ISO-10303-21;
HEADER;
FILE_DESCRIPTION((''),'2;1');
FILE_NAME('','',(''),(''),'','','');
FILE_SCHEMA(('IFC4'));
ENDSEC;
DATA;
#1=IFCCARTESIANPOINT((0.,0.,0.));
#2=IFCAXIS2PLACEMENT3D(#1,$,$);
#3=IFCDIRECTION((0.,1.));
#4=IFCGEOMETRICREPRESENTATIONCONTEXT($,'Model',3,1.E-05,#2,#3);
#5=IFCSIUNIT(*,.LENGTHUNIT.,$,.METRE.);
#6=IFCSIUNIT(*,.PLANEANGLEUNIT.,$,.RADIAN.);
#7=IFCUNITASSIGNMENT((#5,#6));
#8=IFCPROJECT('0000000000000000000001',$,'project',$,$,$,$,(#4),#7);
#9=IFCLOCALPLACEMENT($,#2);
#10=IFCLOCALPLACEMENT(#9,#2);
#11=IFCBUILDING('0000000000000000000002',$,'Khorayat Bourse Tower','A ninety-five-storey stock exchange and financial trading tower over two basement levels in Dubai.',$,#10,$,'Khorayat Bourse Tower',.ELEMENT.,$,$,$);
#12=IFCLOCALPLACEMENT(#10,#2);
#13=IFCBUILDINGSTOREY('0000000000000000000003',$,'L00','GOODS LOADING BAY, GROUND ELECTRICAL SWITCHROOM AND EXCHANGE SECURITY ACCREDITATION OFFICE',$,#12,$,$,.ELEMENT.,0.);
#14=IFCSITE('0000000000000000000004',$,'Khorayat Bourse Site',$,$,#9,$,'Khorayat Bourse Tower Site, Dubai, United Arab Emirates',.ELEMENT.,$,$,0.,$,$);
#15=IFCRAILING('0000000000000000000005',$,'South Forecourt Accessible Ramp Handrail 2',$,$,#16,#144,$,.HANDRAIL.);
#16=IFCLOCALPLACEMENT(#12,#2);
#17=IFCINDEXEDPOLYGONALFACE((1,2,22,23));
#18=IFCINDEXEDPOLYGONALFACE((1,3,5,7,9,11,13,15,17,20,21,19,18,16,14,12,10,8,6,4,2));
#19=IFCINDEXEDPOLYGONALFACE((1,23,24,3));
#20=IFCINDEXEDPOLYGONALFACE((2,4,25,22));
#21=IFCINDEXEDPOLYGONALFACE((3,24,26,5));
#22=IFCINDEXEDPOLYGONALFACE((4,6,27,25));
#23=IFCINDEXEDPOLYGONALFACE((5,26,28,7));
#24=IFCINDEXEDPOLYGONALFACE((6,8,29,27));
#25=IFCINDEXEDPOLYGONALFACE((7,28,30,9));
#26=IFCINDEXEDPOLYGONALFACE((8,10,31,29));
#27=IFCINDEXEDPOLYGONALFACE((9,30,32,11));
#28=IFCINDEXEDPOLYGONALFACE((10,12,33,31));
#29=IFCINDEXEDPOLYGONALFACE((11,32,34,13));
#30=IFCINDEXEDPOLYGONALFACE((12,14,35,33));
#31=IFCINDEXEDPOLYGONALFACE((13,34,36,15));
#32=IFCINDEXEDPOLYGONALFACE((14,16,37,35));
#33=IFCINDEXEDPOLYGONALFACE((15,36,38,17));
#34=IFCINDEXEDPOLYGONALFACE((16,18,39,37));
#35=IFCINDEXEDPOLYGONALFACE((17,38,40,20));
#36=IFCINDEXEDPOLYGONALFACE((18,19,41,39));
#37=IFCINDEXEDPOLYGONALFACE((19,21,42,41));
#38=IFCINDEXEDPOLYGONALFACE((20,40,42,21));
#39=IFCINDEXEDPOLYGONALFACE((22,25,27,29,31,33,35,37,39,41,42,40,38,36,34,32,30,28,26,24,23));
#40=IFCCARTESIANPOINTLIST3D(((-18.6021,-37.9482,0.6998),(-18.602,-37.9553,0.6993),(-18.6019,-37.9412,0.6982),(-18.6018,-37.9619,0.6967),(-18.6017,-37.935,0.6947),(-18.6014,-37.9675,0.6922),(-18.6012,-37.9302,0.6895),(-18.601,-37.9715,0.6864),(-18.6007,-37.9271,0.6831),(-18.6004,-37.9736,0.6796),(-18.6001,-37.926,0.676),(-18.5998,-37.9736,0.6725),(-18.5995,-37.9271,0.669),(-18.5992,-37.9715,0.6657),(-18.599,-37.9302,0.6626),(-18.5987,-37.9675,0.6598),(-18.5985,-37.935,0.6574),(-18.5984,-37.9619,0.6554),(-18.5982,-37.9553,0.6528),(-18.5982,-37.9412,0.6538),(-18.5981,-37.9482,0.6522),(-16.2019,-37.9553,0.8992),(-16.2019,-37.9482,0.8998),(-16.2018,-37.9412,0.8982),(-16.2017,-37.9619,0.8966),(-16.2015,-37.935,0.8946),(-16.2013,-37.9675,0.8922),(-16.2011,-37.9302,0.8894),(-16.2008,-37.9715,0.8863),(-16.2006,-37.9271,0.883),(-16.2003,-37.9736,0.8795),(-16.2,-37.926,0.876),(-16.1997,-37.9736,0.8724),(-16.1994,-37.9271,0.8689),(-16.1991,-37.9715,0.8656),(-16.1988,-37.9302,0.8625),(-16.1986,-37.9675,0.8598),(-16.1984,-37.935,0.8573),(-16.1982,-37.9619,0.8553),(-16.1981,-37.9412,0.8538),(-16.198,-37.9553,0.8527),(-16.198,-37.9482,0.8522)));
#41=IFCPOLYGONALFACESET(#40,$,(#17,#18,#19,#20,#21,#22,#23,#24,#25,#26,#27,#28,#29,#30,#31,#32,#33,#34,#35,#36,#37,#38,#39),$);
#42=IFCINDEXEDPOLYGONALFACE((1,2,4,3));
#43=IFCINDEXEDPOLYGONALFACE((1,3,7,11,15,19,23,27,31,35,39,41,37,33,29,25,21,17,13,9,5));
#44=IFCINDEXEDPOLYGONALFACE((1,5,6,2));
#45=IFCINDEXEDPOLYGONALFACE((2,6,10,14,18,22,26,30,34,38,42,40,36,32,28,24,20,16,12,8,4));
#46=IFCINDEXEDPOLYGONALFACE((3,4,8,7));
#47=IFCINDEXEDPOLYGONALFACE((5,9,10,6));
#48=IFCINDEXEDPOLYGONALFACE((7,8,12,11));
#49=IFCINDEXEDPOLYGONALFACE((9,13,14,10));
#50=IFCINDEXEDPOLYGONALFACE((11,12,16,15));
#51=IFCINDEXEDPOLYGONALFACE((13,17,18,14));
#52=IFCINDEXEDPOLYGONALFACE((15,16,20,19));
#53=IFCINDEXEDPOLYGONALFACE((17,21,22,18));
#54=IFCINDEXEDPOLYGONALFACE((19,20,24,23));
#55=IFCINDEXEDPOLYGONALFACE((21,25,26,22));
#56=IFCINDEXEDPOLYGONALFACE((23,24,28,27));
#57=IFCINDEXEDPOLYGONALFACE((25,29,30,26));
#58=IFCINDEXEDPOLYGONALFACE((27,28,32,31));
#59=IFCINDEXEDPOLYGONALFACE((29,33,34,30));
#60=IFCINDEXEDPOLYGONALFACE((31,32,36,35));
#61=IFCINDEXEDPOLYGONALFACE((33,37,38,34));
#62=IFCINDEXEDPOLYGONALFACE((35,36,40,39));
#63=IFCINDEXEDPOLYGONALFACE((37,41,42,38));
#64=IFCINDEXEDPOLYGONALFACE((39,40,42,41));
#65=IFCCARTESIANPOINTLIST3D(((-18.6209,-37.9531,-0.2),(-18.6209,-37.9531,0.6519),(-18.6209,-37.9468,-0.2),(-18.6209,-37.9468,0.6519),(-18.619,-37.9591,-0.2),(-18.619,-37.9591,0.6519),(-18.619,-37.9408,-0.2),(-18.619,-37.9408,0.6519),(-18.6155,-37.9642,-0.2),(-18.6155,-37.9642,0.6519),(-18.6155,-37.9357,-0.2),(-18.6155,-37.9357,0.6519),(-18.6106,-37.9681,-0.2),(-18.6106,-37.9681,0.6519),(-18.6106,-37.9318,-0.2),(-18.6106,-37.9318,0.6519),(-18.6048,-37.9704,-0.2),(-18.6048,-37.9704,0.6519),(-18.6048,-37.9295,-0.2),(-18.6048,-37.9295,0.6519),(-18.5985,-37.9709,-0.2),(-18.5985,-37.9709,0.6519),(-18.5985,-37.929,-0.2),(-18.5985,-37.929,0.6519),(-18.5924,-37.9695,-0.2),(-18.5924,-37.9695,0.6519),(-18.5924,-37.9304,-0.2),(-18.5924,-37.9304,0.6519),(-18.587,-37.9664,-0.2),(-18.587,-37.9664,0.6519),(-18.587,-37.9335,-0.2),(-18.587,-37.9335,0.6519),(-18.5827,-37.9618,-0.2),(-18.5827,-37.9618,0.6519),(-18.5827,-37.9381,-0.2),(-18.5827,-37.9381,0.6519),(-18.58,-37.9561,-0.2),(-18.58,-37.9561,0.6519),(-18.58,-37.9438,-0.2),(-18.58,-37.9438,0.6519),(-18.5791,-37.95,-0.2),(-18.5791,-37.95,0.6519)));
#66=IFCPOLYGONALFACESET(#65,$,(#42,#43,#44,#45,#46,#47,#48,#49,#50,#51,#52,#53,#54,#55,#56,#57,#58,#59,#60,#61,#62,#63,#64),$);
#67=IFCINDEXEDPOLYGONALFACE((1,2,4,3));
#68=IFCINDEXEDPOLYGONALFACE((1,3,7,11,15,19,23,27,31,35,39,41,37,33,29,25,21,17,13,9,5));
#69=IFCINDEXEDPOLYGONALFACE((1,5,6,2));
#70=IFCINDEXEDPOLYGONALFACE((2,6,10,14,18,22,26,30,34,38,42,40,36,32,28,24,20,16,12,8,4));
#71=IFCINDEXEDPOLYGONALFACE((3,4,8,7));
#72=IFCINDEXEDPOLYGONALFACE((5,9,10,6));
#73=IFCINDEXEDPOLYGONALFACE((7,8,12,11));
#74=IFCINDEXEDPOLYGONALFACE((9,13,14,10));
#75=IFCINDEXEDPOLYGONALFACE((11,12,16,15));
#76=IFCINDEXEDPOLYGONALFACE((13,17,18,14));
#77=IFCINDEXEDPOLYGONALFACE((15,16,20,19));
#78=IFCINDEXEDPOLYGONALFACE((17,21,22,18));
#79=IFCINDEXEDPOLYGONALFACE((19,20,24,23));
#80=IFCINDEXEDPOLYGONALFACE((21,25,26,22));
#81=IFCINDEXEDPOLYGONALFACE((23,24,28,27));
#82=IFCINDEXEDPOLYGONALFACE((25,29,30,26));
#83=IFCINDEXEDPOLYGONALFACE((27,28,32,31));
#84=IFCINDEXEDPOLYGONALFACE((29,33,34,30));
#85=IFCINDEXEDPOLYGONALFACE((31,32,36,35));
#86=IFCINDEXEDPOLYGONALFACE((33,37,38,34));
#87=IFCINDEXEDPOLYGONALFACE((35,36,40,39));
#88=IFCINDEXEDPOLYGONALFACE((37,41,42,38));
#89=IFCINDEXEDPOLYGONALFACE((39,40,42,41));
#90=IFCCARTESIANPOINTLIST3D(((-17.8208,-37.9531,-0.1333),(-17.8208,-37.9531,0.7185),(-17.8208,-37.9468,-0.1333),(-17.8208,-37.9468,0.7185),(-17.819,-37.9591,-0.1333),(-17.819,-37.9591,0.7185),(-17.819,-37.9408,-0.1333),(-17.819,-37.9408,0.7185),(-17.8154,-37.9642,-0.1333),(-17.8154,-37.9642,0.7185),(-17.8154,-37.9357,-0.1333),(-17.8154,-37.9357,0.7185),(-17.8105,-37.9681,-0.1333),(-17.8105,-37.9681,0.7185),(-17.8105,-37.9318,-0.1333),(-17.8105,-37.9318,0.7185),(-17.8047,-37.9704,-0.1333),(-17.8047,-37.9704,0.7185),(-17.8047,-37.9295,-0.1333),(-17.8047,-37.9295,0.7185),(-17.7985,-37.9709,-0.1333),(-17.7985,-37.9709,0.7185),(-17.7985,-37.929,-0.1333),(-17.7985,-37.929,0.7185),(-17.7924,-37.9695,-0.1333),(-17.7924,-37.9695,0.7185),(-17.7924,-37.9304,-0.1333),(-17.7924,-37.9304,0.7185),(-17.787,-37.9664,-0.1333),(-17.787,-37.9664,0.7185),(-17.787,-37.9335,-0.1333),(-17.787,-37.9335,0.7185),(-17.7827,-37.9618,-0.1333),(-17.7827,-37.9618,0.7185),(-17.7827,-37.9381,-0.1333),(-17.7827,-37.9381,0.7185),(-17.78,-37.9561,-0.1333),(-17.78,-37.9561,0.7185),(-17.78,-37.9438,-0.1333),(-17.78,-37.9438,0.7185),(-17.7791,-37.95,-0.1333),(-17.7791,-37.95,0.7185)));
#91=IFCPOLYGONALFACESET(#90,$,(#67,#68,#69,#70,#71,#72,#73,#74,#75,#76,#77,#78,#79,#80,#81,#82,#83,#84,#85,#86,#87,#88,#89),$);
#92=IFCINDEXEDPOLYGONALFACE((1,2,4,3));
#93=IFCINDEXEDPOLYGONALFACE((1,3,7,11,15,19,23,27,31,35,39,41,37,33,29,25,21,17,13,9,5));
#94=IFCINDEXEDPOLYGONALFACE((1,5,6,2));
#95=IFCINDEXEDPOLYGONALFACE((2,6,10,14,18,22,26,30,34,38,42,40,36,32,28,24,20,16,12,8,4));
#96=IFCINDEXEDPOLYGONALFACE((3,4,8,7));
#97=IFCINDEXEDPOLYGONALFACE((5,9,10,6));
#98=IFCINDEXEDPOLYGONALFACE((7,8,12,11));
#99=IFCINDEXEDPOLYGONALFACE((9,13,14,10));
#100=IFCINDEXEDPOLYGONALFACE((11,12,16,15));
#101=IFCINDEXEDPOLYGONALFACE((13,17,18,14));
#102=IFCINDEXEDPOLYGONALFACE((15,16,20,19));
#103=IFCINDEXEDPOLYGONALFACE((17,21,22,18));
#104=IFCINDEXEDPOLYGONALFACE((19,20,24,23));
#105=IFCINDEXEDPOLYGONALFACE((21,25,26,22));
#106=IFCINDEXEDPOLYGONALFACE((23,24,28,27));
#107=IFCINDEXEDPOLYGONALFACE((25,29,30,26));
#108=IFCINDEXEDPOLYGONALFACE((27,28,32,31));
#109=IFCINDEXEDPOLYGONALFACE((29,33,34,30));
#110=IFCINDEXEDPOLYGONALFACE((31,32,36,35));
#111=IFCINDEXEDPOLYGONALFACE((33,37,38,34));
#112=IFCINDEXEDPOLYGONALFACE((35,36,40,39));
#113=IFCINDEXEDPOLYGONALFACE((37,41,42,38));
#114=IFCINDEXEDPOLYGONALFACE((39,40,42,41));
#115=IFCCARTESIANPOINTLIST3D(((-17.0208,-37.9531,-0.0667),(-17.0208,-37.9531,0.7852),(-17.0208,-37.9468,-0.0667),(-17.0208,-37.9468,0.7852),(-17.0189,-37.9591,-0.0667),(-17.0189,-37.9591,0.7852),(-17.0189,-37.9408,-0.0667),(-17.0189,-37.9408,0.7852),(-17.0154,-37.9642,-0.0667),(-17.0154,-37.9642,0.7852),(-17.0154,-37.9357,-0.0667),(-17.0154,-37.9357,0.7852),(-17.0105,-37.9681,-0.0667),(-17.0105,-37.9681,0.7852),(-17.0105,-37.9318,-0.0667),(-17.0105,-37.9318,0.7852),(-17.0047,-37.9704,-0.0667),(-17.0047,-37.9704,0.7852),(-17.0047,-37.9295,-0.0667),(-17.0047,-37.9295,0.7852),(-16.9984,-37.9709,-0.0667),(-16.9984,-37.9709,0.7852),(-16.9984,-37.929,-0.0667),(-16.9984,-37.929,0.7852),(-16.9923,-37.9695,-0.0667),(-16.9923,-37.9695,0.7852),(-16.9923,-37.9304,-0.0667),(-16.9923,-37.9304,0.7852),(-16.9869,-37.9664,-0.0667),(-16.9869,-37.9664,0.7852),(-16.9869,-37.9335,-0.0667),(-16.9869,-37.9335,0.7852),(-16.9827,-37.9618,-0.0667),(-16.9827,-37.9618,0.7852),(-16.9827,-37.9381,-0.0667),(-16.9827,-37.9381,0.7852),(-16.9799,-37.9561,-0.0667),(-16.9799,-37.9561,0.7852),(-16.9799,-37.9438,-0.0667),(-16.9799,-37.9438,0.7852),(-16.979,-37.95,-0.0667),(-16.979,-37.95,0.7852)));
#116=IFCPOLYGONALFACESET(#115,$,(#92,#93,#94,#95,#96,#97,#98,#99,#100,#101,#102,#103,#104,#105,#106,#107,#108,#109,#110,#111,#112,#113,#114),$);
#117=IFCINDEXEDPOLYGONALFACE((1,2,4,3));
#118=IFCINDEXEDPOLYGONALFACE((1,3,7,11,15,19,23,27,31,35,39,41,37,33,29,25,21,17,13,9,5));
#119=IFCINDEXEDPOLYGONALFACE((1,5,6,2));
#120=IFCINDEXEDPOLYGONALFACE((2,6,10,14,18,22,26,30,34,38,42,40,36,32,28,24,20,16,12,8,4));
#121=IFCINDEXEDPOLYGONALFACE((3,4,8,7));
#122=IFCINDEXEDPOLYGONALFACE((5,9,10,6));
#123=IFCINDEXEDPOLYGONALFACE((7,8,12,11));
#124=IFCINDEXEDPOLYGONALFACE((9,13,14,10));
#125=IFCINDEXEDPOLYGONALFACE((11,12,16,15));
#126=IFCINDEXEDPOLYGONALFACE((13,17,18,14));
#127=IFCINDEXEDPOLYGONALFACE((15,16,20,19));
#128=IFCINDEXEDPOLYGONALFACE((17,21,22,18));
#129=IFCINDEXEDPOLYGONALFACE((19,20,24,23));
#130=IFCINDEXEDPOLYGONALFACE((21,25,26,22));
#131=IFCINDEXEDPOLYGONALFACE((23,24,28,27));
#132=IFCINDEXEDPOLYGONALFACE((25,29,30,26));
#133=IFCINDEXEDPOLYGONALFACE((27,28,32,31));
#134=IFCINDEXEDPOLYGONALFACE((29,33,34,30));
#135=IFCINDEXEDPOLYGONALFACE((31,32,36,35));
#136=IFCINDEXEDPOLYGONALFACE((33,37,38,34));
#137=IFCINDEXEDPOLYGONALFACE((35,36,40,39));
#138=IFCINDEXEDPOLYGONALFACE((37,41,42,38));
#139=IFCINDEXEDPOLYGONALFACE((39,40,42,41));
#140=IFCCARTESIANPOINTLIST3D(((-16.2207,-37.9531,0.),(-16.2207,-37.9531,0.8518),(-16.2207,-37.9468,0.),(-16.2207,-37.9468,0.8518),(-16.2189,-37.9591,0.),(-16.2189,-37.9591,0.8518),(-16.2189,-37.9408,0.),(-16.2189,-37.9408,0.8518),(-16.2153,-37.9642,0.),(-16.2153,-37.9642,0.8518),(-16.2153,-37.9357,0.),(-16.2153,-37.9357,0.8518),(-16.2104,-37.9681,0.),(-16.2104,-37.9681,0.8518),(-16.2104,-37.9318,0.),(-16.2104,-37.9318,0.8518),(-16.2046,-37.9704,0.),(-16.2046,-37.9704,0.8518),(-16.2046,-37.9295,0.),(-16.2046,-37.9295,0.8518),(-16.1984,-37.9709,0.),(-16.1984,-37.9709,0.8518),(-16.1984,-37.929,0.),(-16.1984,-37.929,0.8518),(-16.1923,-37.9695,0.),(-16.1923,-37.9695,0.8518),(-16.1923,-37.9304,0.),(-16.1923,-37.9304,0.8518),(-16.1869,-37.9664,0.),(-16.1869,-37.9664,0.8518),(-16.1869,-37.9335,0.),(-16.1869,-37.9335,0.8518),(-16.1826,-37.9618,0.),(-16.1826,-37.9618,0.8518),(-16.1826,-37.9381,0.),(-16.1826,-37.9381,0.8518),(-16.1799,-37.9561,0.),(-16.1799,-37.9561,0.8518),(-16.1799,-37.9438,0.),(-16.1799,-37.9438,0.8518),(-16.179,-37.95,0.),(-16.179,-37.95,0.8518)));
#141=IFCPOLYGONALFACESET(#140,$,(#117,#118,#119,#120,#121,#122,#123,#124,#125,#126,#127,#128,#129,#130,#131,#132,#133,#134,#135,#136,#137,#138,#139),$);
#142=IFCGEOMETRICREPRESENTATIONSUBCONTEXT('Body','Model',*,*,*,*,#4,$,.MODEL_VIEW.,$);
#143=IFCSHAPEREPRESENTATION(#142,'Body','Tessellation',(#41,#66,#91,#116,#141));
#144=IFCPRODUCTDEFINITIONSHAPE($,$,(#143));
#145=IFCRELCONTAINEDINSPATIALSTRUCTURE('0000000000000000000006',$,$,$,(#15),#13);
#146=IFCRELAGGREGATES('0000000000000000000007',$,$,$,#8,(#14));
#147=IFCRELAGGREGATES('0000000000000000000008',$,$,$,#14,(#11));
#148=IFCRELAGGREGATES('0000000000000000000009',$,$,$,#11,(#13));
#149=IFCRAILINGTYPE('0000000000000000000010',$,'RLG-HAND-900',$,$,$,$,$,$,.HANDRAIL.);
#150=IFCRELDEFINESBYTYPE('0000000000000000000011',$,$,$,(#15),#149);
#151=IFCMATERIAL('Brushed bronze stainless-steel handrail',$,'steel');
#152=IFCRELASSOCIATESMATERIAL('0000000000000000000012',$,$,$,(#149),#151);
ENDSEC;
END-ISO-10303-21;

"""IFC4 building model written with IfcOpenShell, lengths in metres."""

from ifc_helpers import new_model, si_unit, direction, frame, origin, origin_2d, place, context, subcontext, project, spatial, circle, extrude, source, transform, mapped, material, type_object, element, save


model = new_model("IFC4")

# Units and contexts
model_context = context("Model", 3, precision=1e-05, world=origin(), true_north=direction((0.0, 1.0)))
body_context = subcontext(model_context, "Body", "Model", "MODEL_VIEW")
ifc_project = project(units=[si_unit("LENGTHUNIT", "METRE"), si_unit("PLANEANGLEUNIT", "RADIAN")], contexts=[model_context])

# Site, building, storey
site_placement = place(None, origin())
site = spatial("IfcSite", under=ifc_project, at=site_placement, Name="Khorayat Bourse Site", LongName="Khorayat Bourse Tower Site, Dubai, United Arab Emirates", CompositionType="ELEMENT", RefElevation=0.0)
building_placement = place(site_placement, origin())
building = spatial("IfcBuilding", under=site, at=building_placement, Name="Khorayat Bourse Tower", Description="A ninety-five-storey stock exchange and financial trading tower over two basement levels in Dubai.", LongName="Khorayat Bourse Tower", CompositionType="ELEMENT")
storey_placement = place(building_placement, origin())
storey = spatial("IfcBuildingStorey", under=building, at=storey_placement, Name="L00", Description="GOODS LOADING BAY, GROUND ELECTRICAL SWITCHROOM AND EXCHANGE SECURITY ACCREDITATION OFFICE", CompositionType="ELEMENT", Elevation=0.0)

# Railing
ifc_material_1 = material(Name="Brushed bronze stainless-steel handrail", Category="steel")
railing_type = type_object("IfcRailingType", Name="RLG-HAND-900", PredefinedType="HANDRAIL", material=ifc_material_1)
shared_shape_1 = source(origin(), body_context, "Body", "SweptSolid", [
    extrude(circle(Radius=0.0239, at=origin_2d()), frame((0.0, 0.0, 0.876), z_axis=(0.996548, 0.0, 0.08302), x_axis=(0.0, 1.0, 0.0)), (0.0, 0.0, 1.0), 2.4084),
    extrude(circle(Radius=0.021, at=origin_2d()), origin(), (0.0, 0.0, 1.0), 0.8518),
    extrude(circle(Radius=0.021, at=origin_2d()), frame((0.8, 0.0, 0.0667)), (0.0, 0.0, 1.0), 0.8518),
    extrude(circle(Radius=0.021, at=origin_2d()), frame((1.6001, 0.0, 0.1333)), (0.0, 0.0, 1.0), 0.8518),
    extrude(circle(Radius=0.021, at=origin_2d()), frame((2.4001, 0.0, 0.2)), (0.0, 0.0, 1.0), 0.8518),
])
for number, where, name in (
    (1, (-18.6001, -37.95, -0.2), "South Forecourt Accessible Ramp Handrail 2"),
):
    element("IfcRailing", number, at=place(storey_placement, frame(where)), inside=storey, type_object=railing_type, Name=name, PredefinedType="HANDRAIL", context=body_context, shape_type="MappedRepresentation", body=[
        mapped(shared_shape_1, transform((0.0, 0.0, 0.0), scale=1.0)),
    ])

save(model, "model.ifc")
